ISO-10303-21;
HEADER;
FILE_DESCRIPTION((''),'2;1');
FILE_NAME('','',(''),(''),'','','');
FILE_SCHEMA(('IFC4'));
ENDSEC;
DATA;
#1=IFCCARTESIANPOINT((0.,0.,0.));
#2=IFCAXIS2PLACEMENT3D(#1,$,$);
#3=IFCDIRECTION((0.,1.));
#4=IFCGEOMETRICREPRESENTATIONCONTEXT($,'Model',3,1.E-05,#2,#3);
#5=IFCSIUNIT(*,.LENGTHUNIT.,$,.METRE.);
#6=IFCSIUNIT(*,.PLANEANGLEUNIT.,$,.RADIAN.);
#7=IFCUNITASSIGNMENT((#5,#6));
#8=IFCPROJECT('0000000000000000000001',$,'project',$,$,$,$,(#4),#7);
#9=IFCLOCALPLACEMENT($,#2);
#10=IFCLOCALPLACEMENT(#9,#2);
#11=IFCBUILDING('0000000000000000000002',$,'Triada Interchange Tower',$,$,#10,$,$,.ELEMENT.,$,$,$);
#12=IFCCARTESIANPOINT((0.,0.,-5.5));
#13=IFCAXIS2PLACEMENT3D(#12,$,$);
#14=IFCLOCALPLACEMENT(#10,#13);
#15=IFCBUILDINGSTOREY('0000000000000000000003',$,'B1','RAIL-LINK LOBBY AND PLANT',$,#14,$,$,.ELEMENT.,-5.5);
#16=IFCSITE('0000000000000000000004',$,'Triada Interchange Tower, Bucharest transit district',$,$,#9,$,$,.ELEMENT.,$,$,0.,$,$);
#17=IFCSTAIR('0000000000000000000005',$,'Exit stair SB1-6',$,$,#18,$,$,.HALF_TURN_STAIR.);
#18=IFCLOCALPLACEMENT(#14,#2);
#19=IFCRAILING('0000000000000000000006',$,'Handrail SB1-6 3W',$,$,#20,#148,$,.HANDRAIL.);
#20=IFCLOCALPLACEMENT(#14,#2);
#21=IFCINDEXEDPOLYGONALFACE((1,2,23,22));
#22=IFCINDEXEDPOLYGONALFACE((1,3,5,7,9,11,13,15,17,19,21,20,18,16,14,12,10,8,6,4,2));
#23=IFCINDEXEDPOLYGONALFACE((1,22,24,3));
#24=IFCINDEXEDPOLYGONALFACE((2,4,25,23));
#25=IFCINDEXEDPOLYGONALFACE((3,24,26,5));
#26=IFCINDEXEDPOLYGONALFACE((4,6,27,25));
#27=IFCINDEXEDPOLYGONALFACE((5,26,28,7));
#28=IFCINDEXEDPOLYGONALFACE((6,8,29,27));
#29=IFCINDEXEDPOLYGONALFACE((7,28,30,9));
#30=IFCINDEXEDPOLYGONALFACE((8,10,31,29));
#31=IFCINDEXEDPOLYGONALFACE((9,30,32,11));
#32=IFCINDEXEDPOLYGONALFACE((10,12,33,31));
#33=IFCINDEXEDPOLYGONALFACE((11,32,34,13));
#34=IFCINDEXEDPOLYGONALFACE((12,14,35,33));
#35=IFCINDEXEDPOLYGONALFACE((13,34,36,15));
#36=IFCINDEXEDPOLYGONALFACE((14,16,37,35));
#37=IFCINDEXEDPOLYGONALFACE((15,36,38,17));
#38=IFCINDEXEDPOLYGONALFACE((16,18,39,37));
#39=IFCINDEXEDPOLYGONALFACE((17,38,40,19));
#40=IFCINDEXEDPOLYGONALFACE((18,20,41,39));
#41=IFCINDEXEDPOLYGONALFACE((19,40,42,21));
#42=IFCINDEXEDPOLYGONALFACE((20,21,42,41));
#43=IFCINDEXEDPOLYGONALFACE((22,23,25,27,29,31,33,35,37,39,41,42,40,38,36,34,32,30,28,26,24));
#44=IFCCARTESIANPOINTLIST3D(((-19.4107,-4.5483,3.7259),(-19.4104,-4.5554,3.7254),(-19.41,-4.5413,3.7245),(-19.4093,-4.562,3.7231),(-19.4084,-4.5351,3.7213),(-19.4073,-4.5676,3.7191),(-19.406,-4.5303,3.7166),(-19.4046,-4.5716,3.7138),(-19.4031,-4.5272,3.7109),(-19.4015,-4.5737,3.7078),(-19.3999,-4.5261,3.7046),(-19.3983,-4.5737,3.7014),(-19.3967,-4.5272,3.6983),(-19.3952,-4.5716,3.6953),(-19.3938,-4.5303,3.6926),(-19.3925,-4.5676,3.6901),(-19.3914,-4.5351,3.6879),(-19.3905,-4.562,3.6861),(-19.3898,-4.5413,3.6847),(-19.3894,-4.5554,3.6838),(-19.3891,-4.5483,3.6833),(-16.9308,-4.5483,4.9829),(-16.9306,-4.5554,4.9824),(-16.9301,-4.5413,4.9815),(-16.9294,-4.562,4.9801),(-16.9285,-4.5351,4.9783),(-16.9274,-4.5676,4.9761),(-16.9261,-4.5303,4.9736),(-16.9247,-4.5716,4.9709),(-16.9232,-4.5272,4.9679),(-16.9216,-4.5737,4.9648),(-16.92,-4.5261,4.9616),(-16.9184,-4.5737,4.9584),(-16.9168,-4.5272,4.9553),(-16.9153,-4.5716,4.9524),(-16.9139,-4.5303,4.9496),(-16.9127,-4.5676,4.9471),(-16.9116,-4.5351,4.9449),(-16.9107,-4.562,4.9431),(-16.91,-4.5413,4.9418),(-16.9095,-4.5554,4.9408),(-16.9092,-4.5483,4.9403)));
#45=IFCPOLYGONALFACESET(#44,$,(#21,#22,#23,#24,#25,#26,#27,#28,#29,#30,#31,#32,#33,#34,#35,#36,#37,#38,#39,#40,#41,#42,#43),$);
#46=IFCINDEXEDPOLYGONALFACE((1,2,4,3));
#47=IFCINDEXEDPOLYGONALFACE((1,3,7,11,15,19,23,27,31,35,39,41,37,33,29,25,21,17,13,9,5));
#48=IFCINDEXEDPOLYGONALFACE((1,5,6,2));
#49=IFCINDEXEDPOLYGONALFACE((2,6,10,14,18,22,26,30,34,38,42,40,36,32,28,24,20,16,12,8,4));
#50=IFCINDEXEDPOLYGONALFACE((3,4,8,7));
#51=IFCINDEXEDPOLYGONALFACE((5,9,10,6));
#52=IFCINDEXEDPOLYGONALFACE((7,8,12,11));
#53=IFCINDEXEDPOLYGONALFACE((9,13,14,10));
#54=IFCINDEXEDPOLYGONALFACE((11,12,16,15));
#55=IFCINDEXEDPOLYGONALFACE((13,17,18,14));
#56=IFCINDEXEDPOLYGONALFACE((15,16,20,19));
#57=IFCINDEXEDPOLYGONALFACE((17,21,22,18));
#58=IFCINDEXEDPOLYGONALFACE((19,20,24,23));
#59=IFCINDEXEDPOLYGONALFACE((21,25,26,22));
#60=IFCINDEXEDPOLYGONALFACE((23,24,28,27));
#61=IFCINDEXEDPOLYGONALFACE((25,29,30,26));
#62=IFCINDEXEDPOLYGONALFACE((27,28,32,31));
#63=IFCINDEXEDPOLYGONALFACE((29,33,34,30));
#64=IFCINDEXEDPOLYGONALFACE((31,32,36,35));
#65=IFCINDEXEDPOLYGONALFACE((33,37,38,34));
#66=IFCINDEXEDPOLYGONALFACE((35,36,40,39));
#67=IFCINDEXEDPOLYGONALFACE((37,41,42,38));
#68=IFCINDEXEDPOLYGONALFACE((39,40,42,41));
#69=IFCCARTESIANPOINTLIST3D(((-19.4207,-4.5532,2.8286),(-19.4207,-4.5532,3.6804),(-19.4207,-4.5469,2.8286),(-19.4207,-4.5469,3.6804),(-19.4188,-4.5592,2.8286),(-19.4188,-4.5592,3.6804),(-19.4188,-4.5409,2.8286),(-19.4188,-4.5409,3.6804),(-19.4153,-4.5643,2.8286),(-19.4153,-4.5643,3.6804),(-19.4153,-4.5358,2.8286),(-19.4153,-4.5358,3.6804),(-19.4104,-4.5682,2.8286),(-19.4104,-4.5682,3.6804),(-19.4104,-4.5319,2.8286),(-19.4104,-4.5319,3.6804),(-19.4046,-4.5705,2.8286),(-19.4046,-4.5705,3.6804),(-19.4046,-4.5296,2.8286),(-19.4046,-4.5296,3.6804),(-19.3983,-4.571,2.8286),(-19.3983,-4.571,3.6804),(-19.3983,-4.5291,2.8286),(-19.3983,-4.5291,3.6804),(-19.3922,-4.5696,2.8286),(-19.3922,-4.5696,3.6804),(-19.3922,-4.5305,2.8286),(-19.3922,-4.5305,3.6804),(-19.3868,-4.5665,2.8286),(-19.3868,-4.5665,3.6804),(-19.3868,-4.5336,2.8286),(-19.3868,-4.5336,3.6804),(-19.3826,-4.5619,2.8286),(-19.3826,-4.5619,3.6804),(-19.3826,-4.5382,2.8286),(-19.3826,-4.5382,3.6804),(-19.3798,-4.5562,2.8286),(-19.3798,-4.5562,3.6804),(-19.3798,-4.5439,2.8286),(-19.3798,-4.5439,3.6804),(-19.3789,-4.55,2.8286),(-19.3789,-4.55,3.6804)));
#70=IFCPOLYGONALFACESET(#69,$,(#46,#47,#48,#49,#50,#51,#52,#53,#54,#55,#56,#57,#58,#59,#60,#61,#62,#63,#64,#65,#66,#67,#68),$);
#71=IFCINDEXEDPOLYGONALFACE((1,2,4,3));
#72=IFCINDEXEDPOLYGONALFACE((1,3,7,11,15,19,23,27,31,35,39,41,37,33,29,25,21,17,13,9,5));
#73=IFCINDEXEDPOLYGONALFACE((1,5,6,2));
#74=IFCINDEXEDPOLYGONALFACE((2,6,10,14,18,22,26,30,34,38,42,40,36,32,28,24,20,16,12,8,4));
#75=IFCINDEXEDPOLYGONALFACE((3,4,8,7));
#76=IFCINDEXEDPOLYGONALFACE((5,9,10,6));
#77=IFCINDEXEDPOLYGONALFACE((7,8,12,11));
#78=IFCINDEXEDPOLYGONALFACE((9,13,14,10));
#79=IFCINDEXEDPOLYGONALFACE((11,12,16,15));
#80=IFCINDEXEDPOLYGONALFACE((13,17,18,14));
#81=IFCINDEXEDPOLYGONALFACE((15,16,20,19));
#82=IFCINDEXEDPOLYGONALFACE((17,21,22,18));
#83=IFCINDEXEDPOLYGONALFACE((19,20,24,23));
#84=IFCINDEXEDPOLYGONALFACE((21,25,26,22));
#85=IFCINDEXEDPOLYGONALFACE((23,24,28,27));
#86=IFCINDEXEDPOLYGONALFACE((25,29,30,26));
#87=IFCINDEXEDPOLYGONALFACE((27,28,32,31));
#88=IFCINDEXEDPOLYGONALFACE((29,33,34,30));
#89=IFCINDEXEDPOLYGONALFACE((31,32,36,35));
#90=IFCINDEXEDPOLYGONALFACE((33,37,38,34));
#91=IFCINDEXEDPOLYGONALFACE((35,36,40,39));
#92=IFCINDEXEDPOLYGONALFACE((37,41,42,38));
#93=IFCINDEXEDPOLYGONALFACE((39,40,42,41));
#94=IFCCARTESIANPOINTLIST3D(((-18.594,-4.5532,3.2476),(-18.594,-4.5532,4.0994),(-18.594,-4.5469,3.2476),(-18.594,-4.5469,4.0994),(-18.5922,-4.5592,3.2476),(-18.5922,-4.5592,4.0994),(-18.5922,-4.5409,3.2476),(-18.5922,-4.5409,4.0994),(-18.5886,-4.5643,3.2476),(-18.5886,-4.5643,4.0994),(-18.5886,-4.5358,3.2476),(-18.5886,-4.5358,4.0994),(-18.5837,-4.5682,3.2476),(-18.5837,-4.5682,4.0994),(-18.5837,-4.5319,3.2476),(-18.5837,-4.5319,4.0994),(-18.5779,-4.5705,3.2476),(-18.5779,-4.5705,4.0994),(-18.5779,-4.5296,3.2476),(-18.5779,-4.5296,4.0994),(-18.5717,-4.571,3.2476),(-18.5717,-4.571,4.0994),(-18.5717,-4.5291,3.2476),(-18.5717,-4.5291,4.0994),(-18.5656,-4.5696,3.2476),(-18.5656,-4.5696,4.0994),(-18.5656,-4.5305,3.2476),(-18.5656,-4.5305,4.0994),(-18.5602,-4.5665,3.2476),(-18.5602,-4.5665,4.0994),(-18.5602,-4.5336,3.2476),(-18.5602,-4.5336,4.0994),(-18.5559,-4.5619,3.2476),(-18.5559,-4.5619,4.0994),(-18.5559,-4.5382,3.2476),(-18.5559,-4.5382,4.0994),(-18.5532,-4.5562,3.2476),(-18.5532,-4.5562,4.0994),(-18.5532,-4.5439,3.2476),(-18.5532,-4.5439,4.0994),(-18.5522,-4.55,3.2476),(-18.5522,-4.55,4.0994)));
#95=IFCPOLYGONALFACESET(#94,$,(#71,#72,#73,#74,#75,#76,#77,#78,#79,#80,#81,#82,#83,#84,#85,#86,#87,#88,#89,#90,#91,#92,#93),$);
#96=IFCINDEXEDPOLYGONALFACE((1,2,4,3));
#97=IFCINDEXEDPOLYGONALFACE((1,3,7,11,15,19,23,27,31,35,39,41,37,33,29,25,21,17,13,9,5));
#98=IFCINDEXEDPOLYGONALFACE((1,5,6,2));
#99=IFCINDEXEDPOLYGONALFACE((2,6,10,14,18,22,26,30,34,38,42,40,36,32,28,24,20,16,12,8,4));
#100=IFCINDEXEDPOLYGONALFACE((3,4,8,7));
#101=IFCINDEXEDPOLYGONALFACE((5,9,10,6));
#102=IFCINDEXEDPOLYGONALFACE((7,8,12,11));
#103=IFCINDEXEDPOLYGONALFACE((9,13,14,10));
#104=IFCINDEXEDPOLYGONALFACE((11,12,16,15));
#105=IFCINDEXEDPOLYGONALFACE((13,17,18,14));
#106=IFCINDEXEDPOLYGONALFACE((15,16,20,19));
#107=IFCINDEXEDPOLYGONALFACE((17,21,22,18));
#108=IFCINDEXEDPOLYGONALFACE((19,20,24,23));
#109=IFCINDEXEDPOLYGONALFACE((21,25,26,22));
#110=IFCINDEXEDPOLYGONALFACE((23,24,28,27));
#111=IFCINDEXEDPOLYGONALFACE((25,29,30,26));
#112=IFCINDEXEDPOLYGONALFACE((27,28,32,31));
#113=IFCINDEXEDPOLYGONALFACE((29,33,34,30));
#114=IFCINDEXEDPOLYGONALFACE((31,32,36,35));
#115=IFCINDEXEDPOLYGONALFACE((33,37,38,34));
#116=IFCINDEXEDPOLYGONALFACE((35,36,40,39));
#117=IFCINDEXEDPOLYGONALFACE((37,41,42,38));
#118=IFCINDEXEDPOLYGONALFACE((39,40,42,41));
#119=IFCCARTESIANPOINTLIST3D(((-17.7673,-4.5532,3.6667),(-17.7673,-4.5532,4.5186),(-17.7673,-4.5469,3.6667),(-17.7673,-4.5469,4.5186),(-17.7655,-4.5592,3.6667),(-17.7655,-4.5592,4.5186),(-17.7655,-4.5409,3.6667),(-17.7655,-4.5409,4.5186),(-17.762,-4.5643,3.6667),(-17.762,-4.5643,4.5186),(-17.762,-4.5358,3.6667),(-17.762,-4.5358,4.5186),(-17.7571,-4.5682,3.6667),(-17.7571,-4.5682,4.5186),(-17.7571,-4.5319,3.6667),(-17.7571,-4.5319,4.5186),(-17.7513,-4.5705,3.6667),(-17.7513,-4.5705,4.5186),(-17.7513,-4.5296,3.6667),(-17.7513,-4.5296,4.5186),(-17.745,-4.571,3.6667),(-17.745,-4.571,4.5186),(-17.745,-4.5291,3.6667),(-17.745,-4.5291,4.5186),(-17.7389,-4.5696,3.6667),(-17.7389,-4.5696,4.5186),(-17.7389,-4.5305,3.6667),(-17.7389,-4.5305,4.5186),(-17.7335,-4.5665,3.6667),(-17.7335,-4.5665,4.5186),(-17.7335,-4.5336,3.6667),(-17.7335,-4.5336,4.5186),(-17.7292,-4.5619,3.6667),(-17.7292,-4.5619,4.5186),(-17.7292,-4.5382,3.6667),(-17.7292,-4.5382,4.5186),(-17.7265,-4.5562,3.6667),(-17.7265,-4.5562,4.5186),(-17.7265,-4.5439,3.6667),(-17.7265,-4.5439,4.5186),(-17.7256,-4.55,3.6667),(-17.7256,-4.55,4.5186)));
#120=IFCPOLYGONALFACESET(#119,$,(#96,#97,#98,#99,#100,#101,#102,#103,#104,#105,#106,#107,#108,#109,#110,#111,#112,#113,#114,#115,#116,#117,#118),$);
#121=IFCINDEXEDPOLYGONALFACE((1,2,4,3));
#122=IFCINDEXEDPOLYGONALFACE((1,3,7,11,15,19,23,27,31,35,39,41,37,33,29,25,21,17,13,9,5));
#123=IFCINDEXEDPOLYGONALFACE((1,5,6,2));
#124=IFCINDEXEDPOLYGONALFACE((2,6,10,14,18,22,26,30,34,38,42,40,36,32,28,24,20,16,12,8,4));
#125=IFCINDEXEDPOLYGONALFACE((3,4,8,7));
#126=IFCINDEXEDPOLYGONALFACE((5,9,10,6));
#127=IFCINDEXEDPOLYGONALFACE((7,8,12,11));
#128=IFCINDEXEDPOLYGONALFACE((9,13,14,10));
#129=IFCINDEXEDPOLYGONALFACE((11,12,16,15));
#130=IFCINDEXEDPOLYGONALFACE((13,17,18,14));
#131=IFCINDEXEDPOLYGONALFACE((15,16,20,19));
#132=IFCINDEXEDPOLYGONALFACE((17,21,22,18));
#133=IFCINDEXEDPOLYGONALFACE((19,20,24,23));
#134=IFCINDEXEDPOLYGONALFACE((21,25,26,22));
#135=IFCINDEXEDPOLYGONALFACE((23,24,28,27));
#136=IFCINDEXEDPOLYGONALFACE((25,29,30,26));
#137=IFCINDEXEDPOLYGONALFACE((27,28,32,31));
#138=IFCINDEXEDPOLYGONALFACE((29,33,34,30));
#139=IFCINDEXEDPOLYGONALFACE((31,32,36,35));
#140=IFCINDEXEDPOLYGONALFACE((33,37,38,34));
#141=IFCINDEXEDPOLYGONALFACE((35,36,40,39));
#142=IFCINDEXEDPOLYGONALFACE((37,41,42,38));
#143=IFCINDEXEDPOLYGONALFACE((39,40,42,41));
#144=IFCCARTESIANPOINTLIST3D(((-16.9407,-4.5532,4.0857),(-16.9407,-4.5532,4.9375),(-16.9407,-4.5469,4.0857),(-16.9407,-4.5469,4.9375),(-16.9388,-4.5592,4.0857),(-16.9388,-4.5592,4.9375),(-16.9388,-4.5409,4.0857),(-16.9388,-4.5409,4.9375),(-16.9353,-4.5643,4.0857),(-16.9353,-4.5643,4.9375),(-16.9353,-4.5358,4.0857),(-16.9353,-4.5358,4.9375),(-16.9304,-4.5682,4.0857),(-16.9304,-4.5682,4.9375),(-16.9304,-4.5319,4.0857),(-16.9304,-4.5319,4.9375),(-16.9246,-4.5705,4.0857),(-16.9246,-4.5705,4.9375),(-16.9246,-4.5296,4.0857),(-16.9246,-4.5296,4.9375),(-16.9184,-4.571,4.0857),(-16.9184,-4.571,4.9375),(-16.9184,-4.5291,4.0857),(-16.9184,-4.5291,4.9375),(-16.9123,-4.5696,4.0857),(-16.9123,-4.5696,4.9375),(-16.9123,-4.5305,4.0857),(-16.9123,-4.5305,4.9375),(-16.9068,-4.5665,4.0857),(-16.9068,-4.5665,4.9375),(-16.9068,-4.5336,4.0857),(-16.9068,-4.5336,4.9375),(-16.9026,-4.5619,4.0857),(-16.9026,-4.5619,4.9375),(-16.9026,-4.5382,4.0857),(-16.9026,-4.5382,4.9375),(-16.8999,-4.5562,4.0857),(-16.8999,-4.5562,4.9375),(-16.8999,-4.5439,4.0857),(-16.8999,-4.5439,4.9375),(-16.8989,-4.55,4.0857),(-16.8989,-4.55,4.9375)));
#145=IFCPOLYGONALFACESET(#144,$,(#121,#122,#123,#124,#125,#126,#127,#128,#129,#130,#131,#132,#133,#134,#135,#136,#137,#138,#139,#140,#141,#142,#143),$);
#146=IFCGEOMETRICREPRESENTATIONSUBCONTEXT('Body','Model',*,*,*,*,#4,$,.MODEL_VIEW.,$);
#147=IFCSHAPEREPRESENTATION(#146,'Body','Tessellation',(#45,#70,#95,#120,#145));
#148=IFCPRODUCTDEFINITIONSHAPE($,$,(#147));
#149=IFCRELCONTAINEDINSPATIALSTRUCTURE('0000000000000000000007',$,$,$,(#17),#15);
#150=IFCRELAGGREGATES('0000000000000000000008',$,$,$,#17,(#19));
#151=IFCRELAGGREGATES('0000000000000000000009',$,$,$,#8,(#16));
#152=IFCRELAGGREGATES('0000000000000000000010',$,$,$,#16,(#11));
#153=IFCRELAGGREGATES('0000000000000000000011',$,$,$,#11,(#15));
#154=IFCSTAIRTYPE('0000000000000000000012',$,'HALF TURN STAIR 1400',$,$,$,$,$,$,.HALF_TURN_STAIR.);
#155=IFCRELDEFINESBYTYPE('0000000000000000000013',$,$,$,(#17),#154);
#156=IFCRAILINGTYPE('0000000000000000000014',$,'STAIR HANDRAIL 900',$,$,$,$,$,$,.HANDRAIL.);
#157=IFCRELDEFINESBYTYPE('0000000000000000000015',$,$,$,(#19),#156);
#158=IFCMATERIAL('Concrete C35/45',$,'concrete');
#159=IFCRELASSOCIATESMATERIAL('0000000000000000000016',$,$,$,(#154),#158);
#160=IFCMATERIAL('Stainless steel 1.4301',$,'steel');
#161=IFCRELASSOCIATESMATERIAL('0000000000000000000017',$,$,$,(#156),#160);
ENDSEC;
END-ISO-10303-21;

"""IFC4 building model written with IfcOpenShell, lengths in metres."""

from ifc_helpers import new_model, si_unit, direction, frame, origin, origin_2d, place, context, subcontext, project, spatial, circle, extrude, material, type_object, element, aggregate, save


model = new_model("IFC4")

# Units and contexts
model_context = context("Model", 3, precision=1e-05, world=origin(), true_north=direction((0.0, 1.0)))
body_context = subcontext(model_context, "Body", "Model", "MODEL_VIEW")
ifc_project = project(units=[si_unit("LENGTHUNIT", "METRE"), si_unit("PLANEANGLEUNIT", "RADIAN")], contexts=[model_context])

# Site, building, storey
site_placement = place(None, origin())
site = spatial("IfcSite", under=ifc_project, at=site_placement, Name="Triada Interchange Tower, Bucharest transit district", CompositionType="ELEMENT", RefElevation=0.0)
building_placement = place(site_placement, origin())
building = spatial("IfcBuilding", under=site, at=building_placement, Name="Triada Interchange Tower", CompositionType="ELEMENT")
storey_placement = place(building_placement, frame((0.0, 0.0, -5.5)))
storey = spatial("IfcBuildingStorey", under=building, at=storey_placement, Name="B1", Description="RAIL-LINK LOBBY AND PLANT", CompositionType="ELEMENT", Elevation=-5.5)

# Stair, railing
ifc_material_1 = material(Name="Concrete C35/45", Category="concrete")
stair_type = type_object("IfcStairType", Name="HALF TURN STAIR 1400", PredefinedType="HALF_TURN_STAIR", material=ifc_material_1)
stair_placement = place(storey_placement, origin())
stair = element("IfcStair", 1, at=stair_placement, inside=storey, type_object=stair_type, Name="Exit stair SB1-6", PredefinedType="HALF_TURN_STAIR")
ifc_material_2 = material(Name="Stainless steel 1.4301", Category="steel")
railing_type = type_object("IfcRailingType", Name="STAIR HANDRAIL 900", PredefinedType="HANDRAIL", material=ifc_material_2)
railing_1_placement = place(storey_placement, frame((-19.3999, -4.55, 2.8286)))
railing_1 = element("IfcRailing", 2, at=railing_1_placement, type_object=railing_type, Name="Handrail SB1-6 3W", PredefinedType="HANDRAIL", context=body_context, shape_type="SweptSolid", body=[
    extrude(circle(Radius=0.0239, at=origin_2d()), frame((0.0, 0.0, 0.876), z_axis=(0.891955, 0.0, 0.452124), x_axis=(0.0, 1.0, 0.0)), (0.0, 0.0, 1.0), 2.7803),
    extrude(circle(Radius=0.021, at=origin_2d()), origin(), (0.0, 0.0, 1.0), 0.8518),
    extrude(circle(Radius=0.021, at=origin_2d()), frame((0.8267, 0.0, 0.4189)), (0.0, 0.0, 1.0), 0.8518),
    extrude(circle(Radius=0.021, at=origin_2d()), frame((1.6533, 0.0, 0.8381)), (0.0, 0.0, 1.0), 0.8518),
    extrude(circle(Radius=0.021, at=origin_2d()), frame((2.48, 0.0, 1.2571)), (0.0, 0.0, 1.0), 0.8518),
])
aggregate(stair, [railing_1])

save(model, "model.ifc")
